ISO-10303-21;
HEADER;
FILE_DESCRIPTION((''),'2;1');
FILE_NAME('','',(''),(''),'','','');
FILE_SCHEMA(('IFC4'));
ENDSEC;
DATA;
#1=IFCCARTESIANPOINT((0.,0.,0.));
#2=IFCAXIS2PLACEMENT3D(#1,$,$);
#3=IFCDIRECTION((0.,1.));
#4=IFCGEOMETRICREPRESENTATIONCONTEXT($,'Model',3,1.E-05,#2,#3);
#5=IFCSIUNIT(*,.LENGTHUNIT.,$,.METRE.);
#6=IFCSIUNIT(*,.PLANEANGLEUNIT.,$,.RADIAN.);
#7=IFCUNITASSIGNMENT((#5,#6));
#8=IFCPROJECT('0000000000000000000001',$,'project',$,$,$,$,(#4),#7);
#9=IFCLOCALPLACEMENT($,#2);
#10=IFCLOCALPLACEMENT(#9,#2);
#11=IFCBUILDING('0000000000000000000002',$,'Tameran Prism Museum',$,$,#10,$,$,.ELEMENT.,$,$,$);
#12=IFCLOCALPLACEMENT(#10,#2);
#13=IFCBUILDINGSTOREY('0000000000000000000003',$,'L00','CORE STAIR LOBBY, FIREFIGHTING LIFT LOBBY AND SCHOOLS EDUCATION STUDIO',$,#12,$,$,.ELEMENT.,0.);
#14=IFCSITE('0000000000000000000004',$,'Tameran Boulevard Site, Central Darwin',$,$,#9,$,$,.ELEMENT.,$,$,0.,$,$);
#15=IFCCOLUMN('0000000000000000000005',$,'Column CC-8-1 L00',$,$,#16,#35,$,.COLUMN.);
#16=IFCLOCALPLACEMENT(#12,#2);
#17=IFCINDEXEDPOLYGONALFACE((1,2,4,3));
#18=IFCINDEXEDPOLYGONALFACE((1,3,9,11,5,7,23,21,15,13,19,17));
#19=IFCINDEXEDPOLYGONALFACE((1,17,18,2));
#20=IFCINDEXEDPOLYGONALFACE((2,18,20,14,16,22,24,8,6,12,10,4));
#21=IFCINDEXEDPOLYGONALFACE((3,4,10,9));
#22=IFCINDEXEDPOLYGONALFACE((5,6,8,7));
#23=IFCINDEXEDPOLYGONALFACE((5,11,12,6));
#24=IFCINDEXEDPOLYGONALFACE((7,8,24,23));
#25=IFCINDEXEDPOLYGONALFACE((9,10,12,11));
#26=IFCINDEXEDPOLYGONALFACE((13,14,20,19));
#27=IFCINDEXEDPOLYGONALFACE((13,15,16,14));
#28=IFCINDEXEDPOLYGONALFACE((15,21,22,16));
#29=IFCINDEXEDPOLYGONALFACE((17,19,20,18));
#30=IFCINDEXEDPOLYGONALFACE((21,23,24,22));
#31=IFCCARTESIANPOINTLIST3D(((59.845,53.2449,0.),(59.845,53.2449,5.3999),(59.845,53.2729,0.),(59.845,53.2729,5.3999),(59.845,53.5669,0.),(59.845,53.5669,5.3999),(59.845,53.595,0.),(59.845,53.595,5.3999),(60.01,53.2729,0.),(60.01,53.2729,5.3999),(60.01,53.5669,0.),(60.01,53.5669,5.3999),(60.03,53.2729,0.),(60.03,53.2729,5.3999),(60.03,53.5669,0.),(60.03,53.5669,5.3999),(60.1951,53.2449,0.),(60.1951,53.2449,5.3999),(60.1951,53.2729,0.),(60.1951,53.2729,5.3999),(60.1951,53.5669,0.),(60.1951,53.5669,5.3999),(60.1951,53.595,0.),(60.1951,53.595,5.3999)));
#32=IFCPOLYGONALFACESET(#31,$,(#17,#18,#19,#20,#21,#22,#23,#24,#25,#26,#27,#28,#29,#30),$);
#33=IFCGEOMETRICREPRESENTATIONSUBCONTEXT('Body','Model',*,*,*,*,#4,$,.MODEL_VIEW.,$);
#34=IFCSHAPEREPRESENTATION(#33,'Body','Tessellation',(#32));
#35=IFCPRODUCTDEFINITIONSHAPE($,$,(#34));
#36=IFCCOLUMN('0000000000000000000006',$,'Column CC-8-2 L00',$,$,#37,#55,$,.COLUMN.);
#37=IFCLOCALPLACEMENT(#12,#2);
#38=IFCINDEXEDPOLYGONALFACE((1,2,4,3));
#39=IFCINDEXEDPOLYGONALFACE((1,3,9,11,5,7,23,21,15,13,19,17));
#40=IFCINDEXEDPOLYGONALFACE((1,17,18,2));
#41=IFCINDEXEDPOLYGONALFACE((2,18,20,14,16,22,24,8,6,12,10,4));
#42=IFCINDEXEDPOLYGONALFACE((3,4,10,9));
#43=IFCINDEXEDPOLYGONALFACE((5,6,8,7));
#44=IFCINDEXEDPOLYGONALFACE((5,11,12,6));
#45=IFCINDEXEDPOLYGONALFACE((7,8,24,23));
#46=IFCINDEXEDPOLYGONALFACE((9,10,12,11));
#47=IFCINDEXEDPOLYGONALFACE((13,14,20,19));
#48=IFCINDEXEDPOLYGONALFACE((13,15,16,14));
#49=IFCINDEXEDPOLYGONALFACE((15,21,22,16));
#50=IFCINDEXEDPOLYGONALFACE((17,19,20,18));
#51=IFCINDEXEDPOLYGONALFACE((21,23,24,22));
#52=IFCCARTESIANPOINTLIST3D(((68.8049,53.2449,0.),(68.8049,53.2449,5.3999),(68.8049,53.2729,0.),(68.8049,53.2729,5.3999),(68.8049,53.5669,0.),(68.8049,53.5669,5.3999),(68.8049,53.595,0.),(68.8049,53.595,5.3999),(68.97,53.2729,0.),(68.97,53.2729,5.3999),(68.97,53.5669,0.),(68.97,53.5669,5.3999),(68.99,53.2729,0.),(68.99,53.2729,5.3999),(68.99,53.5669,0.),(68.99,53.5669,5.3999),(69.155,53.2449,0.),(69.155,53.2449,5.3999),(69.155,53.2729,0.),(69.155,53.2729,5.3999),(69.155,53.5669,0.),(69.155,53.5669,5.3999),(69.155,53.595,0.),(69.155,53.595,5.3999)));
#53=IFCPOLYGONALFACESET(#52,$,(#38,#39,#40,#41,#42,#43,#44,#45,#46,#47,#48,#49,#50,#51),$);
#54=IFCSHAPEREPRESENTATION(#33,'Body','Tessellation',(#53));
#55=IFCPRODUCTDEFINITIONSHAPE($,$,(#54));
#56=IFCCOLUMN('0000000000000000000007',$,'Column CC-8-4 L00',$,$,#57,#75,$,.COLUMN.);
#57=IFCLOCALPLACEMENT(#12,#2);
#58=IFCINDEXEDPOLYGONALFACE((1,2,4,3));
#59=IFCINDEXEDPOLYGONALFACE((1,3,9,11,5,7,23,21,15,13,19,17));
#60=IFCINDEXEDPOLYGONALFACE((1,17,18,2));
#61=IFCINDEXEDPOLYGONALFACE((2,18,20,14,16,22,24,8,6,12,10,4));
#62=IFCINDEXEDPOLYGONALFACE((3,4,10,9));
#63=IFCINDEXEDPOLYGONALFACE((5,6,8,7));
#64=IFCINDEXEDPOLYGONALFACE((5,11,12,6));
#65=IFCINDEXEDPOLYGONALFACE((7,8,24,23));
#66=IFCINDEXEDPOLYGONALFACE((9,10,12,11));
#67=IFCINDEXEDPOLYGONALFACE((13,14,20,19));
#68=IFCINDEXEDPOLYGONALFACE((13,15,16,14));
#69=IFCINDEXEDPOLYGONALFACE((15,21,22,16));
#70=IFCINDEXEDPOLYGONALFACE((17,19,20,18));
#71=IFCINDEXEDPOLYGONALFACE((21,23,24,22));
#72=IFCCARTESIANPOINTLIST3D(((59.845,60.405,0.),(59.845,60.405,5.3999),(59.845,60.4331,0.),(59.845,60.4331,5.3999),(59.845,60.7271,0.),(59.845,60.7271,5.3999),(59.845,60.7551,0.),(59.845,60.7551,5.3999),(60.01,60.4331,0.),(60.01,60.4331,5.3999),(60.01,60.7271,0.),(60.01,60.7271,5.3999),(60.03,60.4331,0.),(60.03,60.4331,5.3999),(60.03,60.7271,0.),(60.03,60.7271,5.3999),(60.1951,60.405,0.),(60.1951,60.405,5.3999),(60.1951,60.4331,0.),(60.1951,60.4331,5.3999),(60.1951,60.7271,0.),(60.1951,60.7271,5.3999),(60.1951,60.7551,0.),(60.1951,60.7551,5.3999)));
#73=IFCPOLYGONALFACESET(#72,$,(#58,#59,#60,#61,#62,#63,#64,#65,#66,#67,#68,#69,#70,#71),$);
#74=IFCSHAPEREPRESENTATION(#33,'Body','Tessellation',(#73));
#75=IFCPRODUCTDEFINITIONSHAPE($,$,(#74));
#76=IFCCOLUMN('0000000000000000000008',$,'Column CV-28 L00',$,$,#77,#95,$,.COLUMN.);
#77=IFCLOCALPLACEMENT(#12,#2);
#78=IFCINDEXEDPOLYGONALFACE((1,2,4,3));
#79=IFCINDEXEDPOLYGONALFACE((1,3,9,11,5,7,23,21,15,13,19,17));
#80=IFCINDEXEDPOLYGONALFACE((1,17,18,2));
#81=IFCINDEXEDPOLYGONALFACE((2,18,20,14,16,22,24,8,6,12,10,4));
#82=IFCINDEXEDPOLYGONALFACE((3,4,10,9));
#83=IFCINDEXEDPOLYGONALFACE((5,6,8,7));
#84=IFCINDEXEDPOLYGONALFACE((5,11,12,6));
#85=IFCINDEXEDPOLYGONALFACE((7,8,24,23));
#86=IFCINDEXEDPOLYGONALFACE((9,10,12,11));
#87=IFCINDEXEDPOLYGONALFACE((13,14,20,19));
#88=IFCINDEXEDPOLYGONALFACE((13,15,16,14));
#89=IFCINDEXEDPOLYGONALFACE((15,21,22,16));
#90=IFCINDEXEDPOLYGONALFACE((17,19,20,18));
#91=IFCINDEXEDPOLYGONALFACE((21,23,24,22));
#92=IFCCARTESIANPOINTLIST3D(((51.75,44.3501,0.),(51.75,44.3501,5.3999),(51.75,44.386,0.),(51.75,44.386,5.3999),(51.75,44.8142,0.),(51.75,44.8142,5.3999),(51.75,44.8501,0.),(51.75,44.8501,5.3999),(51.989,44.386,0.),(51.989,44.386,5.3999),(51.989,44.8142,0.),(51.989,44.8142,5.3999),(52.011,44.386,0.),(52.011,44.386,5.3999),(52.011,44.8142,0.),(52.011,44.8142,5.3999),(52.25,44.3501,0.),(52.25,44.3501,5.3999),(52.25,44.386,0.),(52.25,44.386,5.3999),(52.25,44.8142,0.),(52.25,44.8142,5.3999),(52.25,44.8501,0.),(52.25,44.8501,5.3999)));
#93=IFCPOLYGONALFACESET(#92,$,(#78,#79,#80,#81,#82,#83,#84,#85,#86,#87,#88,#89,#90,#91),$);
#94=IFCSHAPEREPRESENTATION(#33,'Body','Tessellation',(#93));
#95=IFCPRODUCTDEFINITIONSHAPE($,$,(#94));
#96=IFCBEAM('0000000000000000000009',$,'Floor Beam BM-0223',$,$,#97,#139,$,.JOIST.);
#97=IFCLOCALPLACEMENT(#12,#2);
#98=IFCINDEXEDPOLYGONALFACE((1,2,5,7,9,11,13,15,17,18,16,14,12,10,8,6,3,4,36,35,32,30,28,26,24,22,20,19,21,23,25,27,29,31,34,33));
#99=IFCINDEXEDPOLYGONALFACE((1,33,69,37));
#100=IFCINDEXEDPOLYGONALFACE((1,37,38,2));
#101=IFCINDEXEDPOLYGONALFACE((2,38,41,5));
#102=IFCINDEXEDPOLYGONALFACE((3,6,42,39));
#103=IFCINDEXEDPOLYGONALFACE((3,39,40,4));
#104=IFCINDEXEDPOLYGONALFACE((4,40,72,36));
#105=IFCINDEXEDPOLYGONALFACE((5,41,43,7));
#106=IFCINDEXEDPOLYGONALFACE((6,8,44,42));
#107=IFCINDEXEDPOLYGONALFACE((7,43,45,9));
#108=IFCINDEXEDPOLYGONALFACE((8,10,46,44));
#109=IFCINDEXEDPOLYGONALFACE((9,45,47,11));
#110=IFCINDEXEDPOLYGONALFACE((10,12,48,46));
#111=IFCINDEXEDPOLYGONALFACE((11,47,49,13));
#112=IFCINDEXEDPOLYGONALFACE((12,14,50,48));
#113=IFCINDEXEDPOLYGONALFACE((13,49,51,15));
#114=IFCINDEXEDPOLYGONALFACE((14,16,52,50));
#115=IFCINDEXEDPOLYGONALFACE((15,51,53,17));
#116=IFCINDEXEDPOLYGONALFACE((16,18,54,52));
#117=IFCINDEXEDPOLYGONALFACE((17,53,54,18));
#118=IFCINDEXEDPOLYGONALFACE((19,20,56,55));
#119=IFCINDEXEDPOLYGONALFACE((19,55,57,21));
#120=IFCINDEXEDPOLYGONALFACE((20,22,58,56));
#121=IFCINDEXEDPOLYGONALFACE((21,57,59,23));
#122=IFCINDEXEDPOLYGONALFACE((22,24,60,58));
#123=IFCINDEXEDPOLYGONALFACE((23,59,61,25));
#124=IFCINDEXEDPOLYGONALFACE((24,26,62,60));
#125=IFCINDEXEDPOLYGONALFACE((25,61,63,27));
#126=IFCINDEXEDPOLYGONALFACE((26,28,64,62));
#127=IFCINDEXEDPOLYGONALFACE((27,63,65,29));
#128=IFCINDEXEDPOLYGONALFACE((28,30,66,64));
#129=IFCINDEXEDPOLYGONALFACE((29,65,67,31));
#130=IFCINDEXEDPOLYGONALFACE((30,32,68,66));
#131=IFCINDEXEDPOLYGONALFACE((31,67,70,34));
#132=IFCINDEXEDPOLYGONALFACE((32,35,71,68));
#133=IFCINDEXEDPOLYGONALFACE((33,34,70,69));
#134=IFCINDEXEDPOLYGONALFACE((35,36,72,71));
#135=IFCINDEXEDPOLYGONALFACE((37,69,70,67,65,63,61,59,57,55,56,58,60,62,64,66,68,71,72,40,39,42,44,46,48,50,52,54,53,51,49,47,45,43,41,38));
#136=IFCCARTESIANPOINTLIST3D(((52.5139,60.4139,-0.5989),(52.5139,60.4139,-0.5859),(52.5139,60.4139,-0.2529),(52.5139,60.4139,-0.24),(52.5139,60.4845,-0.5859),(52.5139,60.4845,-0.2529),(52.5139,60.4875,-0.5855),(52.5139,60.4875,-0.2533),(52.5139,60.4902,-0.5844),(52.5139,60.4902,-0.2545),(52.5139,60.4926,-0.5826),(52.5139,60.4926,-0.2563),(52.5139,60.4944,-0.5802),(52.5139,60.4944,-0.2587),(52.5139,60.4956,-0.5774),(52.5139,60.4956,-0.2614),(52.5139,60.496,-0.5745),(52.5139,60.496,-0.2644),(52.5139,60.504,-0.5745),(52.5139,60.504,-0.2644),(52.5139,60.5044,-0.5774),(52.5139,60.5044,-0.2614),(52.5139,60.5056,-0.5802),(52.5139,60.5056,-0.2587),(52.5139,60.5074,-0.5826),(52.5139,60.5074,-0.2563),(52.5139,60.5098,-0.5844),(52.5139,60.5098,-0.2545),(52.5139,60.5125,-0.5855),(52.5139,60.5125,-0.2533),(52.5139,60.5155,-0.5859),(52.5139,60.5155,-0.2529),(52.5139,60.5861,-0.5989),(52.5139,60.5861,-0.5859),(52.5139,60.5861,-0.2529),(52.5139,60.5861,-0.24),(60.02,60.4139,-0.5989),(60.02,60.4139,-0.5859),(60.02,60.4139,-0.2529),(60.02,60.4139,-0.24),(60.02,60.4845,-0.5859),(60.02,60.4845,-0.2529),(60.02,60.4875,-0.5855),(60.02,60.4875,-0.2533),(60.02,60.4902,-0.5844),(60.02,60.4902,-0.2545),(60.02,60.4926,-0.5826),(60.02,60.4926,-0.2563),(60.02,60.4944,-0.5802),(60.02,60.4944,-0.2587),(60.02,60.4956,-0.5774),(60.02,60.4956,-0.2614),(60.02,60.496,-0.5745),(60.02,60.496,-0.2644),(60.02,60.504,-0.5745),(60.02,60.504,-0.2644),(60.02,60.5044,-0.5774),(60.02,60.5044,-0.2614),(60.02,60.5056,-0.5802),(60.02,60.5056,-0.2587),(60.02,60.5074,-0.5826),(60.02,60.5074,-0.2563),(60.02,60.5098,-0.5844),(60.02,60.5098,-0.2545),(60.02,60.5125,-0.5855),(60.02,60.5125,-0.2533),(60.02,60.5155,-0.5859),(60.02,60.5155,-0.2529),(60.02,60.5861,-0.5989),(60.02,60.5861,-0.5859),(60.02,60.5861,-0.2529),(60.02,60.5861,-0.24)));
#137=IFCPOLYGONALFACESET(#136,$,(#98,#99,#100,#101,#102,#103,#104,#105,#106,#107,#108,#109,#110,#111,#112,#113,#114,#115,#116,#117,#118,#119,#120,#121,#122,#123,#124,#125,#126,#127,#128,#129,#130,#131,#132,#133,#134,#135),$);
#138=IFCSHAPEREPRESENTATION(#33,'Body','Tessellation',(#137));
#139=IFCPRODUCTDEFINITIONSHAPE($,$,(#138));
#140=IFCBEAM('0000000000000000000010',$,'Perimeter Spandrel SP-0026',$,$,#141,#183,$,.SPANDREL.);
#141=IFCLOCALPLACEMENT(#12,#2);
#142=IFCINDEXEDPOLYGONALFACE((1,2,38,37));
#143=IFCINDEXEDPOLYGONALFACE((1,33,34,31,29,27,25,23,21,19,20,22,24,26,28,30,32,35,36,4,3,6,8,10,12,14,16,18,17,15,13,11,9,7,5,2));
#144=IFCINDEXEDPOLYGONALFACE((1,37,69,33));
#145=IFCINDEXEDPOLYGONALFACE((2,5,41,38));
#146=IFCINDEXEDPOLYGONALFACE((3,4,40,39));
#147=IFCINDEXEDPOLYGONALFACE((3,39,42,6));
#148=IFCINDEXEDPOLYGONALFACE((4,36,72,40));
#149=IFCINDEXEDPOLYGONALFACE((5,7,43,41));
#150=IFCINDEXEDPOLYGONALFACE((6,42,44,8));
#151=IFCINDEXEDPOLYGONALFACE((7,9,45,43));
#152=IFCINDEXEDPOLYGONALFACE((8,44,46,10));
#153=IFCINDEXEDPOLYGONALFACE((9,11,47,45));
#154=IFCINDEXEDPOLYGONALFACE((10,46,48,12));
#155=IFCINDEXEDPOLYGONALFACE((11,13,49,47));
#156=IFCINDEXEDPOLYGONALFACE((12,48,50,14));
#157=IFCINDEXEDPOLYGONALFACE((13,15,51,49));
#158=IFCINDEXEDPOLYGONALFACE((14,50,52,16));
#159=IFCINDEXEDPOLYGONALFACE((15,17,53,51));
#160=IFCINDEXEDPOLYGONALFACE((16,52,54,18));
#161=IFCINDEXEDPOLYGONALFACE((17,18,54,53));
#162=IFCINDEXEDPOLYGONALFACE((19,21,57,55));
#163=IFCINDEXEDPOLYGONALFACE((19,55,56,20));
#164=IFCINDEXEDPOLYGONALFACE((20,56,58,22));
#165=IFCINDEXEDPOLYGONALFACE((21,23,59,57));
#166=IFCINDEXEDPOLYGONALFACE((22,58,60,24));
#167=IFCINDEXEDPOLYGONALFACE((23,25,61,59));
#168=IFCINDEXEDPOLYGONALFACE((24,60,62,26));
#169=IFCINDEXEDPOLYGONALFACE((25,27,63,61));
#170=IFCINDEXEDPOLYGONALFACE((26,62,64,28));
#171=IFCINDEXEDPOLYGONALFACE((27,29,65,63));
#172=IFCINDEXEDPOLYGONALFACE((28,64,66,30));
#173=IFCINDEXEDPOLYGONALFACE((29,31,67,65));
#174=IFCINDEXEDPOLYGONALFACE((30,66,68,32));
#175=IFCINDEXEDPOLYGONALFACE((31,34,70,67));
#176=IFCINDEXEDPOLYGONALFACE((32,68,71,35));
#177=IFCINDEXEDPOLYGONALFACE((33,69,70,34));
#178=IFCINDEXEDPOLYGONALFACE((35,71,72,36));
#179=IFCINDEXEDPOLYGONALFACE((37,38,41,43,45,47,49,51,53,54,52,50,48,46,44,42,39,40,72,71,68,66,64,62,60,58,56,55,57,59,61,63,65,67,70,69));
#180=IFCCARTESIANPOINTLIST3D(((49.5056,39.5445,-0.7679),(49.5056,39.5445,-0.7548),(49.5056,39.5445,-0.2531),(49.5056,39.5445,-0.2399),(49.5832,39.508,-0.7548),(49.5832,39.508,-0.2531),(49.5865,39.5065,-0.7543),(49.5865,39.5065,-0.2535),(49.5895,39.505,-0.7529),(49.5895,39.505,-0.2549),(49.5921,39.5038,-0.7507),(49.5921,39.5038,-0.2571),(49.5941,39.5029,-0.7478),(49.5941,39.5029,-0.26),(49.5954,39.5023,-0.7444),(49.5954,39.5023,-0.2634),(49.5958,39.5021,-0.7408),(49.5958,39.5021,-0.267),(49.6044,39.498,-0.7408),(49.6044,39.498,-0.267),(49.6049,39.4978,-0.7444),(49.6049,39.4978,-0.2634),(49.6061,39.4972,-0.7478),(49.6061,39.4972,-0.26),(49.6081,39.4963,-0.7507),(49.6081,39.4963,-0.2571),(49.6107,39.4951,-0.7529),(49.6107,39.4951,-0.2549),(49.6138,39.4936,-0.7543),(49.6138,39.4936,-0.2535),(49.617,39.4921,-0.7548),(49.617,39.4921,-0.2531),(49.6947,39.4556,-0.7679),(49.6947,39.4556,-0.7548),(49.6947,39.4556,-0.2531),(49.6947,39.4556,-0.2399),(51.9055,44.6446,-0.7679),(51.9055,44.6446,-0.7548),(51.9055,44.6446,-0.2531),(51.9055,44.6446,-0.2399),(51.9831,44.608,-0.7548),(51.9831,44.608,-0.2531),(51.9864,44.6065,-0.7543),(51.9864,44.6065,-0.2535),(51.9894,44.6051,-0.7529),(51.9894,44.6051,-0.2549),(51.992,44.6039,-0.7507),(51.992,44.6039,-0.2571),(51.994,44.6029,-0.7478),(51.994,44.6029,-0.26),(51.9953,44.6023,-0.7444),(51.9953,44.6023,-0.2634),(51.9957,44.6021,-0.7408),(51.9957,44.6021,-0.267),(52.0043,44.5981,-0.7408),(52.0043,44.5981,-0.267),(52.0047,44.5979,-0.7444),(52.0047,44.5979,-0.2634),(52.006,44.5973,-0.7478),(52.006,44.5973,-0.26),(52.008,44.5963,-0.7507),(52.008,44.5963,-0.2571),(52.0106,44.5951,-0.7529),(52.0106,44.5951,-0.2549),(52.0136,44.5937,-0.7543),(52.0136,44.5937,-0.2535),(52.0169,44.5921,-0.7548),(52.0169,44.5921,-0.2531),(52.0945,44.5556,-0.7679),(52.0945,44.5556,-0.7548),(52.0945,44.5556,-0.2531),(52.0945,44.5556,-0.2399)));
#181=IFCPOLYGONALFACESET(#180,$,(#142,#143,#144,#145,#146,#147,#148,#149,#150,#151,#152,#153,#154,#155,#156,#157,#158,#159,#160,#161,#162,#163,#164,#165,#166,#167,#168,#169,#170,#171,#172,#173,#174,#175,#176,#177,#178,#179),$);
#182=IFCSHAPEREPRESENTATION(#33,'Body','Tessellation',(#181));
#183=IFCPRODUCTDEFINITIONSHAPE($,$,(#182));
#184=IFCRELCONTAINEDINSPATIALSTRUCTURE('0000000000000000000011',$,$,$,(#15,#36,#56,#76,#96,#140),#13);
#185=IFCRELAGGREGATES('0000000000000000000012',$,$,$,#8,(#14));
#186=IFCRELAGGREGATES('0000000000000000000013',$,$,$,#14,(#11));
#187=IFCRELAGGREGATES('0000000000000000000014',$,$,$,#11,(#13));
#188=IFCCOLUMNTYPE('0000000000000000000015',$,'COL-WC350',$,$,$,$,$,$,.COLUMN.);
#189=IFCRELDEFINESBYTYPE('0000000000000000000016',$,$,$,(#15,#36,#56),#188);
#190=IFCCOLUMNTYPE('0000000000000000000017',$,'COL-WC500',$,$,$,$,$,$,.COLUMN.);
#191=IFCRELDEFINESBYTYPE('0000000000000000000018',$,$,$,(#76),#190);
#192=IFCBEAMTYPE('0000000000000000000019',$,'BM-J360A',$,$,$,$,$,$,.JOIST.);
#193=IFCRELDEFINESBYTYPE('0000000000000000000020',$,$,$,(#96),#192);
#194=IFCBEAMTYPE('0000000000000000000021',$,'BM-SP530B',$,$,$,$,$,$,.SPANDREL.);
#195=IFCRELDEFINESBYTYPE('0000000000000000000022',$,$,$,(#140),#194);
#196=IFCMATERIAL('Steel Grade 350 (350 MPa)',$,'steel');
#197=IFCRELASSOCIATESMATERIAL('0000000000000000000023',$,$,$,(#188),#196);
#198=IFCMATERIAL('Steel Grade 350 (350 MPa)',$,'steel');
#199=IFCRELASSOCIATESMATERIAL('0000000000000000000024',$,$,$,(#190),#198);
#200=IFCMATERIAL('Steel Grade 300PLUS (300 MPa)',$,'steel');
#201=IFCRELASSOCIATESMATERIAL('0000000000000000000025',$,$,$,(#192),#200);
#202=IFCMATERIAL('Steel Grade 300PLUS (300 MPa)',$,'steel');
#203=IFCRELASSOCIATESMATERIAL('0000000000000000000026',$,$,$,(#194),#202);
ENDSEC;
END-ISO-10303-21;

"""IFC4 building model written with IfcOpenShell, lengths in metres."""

from ifc_helpers import new_model, si_unit, direction, frame, origin, origin_2d, place, context, subcontext, project, spatial, i_section, extrude, material, material_profile, profile_set, type_object, element, save


model = new_model("IFC4")

# Units and contexts
model_context = context("Model", 3, precision=1e-05, world=origin(), true_north=direction((0.0, 1.0)))
body_context = subcontext(model_context, "Body", "Model", "MODEL_VIEW")
ifc_project = project(units=[si_unit("LENGTHUNIT", "METRE"), si_unit("PLANEANGLEUNIT", "RADIAN")], contexts=[model_context])

# Site, building, storey
site_placement = place(None, origin())
site = spatial("IfcSite", under=ifc_project, at=site_placement, Name="Tameran Boulevard Site, Central Darwin", CompositionType="ELEMENT", RefElevation=0.0)
building_placement = place(site_placement, origin())
building = spatial("IfcBuilding", under=site, at=building_placement, Name="Tameran Prism Museum", CompositionType="ELEMENT")
storey_placement = place(building_placement, origin())
storey = spatial("IfcBuildingStorey", under=building, at=storey_placement, Name="L00", Description="CORE STAIR LOBBY, FIREFIGHTING LIFT LOBBY AND SCHOOLS EDUCATION STUDIO", CompositionType="ELEMENT", Elevation=0.0)

# Columns
ifc_material_1 = material(Name="Steel Grade 350 (350 MPa)", Category="steel")
ifc_material_profile_1 = material_profile(ifc_material_1, i_section(OverallWidth=0.3501, OverallDepth=0.3501, WebThickness=0.02, FlangeThickness=0.0281, at=origin_2d()))
ifc_profile_set_1 = profile_set([ifc_material_profile_1])
column_type_1 = type_object("IfcColumnType", Name="COL-WC350", PredefinedType="COLUMN", material=ifc_profile_set_1)
for number, where, z_axis, x_axis, name in (
    (1, (60.02, 53.4199, 0.0), (0.0, 0.0, 1.0), (1.0, 0.0, 0.0), "Column CC-8-1 L00"),
    (2, (68.98, 53.4199, 0.0), (0.0, 0.0, 1.0), (1.0, 0.0, 0.0), "Column CC-8-2 L00"),
    (3, (60.02, 60.5801, 0.0), (0.0, 0.0, 1.0), (1.0, 0.0, 0.0), "Column CC-8-4 L00"),
):
    element("IfcColumn", number, at=place(storey_placement, frame(where, z_axis=z_axis, x_axis=x_axis)), inside=storey, type_object=column_type_1, Name=name, PredefinedType="COLUMN", context=body_context, shape_type="SweptSolid", body=[
        extrude(i_section(OverallWidth=0.3501, OverallDepth=0.3501, WebThickness=0.02, FlangeThickness=0.0281, at=origin_2d()), origin(), (0.0, 0.0, 1.0), 5.3999),
    ])
ifc_material_2 = material(Name="Steel Grade 350 (350 MPa)", Category="steel")
ifc_material_profile_2 = material_profile(ifc_material_2, i_section(OverallWidth=0.5, OverallDepth=0.5, WebThickness=0.022, FlangeThickness=0.0359, at=origin_2d()))
ifc_profile_set_2 = profile_set([ifc_material_profile_2])
column_type_2 = type_object("IfcColumnType", Name="COL-WC500", PredefinedType="COLUMN", material=ifc_profile_set_2)
column_placement = place(storey_placement, frame((52.0, 44.6001, 0.0), z_axis=(0.0, 0.0, 1.0), x_axis=(1.0, 0.0, 0.0)))
element("IfcColumn", 4, at=column_placement, inside=storey, type_object=column_type_2, Name="Column CV-28 L00", PredefinedType="COLUMN", context=body_context, shape_type="SweptSolid", body=[
    extrude(i_section(OverallWidth=0.5, OverallDepth=0.5, WebThickness=0.022, FlangeThickness=0.0359, at=origin_2d()), origin(), (0.0, 0.0, 1.0), 5.3999),
])

# Beams
ifc_material_3 = material(Name="Steel Grade 300PLUS (300 MPa)", Category="steel")
ifc_material_profile_3 = material_profile(ifc_material_3, i_section(OverallWidth=0.1721, OverallDepth=0.3589, WebThickness=0.0081, FlangeThickness=0.0129, FilletRadius=0.0115, at=origin_2d()))
ifc_profile_set_3 = profile_set([ifc_material_profile_3])
beam_type_1 = type_object("IfcBeamType", Name="BM-J360A", PredefinedType="JOIST", material=ifc_profile_set_3)
beam_1_placement = place(storey_placement, frame((52.5139, 60.5, -0.4194), z_axis=(1.0, 0.0, 0.0), x_axis=(0.0, 1.0, 0.0)))
element("IfcBeam", 5, at=beam_1_placement, inside=storey, type_object=beam_type_1, Name="Floor Beam BM-0223", PredefinedType="JOIST", context=body_context, shape_type="SweptSolid", body=[
    extrude(i_section(OverallWidth=0.1721, OverallDepth=0.3589, WebThickness=0.0081, FlangeThickness=0.0129, FilletRadius=0.0115, at=origin_2d()), origin(), (0.0, 0.0, 1.0), 7.5061),
])
ifc_material_4 = material(Name="Steel Grade 300PLUS (300 MPa)", Category="steel")
ifc_material_profile_4 = material_profile(ifc_material_4, i_section(OverallWidth=0.209, OverallDepth=0.5281, WebThickness=0.0095, FlangeThickness=0.0132, FilletRadius=0.0139, at=origin_2d()))
ifc_profile_set_4 = profile_set([ifc_material_profile_4])
beam_type_2 = type_object("IfcBeamType", Name="BM-SP530B", PredefinedType="SPANDREL", material=ifc_profile_set_4)
beam_2_placement = place(storey_placement, frame((52.0, 44.6001, -0.5039), z_axis=(-0.425776, -0.904829, 0.0), x_axis=(0.904829, -0.425776, 0.0)))
element("IfcBeam", 6, at=beam_2_placement, inside=storey, type_object=beam_type_2, Name="Perimeter Spandrel SP-0026", PredefinedType="SPANDREL", context=body_context, shape_type="SweptSolid", body=[
    extrude(i_section(OverallWidth=0.209, OverallDepth=0.5281, WebThickness=0.0095, FlangeThickness=0.0132, FilletRadius=0.0139, at=origin_2d()), origin(), (0.0, 0.0, 1.0), 5.6365),
])

save(model, "model.ifc")
